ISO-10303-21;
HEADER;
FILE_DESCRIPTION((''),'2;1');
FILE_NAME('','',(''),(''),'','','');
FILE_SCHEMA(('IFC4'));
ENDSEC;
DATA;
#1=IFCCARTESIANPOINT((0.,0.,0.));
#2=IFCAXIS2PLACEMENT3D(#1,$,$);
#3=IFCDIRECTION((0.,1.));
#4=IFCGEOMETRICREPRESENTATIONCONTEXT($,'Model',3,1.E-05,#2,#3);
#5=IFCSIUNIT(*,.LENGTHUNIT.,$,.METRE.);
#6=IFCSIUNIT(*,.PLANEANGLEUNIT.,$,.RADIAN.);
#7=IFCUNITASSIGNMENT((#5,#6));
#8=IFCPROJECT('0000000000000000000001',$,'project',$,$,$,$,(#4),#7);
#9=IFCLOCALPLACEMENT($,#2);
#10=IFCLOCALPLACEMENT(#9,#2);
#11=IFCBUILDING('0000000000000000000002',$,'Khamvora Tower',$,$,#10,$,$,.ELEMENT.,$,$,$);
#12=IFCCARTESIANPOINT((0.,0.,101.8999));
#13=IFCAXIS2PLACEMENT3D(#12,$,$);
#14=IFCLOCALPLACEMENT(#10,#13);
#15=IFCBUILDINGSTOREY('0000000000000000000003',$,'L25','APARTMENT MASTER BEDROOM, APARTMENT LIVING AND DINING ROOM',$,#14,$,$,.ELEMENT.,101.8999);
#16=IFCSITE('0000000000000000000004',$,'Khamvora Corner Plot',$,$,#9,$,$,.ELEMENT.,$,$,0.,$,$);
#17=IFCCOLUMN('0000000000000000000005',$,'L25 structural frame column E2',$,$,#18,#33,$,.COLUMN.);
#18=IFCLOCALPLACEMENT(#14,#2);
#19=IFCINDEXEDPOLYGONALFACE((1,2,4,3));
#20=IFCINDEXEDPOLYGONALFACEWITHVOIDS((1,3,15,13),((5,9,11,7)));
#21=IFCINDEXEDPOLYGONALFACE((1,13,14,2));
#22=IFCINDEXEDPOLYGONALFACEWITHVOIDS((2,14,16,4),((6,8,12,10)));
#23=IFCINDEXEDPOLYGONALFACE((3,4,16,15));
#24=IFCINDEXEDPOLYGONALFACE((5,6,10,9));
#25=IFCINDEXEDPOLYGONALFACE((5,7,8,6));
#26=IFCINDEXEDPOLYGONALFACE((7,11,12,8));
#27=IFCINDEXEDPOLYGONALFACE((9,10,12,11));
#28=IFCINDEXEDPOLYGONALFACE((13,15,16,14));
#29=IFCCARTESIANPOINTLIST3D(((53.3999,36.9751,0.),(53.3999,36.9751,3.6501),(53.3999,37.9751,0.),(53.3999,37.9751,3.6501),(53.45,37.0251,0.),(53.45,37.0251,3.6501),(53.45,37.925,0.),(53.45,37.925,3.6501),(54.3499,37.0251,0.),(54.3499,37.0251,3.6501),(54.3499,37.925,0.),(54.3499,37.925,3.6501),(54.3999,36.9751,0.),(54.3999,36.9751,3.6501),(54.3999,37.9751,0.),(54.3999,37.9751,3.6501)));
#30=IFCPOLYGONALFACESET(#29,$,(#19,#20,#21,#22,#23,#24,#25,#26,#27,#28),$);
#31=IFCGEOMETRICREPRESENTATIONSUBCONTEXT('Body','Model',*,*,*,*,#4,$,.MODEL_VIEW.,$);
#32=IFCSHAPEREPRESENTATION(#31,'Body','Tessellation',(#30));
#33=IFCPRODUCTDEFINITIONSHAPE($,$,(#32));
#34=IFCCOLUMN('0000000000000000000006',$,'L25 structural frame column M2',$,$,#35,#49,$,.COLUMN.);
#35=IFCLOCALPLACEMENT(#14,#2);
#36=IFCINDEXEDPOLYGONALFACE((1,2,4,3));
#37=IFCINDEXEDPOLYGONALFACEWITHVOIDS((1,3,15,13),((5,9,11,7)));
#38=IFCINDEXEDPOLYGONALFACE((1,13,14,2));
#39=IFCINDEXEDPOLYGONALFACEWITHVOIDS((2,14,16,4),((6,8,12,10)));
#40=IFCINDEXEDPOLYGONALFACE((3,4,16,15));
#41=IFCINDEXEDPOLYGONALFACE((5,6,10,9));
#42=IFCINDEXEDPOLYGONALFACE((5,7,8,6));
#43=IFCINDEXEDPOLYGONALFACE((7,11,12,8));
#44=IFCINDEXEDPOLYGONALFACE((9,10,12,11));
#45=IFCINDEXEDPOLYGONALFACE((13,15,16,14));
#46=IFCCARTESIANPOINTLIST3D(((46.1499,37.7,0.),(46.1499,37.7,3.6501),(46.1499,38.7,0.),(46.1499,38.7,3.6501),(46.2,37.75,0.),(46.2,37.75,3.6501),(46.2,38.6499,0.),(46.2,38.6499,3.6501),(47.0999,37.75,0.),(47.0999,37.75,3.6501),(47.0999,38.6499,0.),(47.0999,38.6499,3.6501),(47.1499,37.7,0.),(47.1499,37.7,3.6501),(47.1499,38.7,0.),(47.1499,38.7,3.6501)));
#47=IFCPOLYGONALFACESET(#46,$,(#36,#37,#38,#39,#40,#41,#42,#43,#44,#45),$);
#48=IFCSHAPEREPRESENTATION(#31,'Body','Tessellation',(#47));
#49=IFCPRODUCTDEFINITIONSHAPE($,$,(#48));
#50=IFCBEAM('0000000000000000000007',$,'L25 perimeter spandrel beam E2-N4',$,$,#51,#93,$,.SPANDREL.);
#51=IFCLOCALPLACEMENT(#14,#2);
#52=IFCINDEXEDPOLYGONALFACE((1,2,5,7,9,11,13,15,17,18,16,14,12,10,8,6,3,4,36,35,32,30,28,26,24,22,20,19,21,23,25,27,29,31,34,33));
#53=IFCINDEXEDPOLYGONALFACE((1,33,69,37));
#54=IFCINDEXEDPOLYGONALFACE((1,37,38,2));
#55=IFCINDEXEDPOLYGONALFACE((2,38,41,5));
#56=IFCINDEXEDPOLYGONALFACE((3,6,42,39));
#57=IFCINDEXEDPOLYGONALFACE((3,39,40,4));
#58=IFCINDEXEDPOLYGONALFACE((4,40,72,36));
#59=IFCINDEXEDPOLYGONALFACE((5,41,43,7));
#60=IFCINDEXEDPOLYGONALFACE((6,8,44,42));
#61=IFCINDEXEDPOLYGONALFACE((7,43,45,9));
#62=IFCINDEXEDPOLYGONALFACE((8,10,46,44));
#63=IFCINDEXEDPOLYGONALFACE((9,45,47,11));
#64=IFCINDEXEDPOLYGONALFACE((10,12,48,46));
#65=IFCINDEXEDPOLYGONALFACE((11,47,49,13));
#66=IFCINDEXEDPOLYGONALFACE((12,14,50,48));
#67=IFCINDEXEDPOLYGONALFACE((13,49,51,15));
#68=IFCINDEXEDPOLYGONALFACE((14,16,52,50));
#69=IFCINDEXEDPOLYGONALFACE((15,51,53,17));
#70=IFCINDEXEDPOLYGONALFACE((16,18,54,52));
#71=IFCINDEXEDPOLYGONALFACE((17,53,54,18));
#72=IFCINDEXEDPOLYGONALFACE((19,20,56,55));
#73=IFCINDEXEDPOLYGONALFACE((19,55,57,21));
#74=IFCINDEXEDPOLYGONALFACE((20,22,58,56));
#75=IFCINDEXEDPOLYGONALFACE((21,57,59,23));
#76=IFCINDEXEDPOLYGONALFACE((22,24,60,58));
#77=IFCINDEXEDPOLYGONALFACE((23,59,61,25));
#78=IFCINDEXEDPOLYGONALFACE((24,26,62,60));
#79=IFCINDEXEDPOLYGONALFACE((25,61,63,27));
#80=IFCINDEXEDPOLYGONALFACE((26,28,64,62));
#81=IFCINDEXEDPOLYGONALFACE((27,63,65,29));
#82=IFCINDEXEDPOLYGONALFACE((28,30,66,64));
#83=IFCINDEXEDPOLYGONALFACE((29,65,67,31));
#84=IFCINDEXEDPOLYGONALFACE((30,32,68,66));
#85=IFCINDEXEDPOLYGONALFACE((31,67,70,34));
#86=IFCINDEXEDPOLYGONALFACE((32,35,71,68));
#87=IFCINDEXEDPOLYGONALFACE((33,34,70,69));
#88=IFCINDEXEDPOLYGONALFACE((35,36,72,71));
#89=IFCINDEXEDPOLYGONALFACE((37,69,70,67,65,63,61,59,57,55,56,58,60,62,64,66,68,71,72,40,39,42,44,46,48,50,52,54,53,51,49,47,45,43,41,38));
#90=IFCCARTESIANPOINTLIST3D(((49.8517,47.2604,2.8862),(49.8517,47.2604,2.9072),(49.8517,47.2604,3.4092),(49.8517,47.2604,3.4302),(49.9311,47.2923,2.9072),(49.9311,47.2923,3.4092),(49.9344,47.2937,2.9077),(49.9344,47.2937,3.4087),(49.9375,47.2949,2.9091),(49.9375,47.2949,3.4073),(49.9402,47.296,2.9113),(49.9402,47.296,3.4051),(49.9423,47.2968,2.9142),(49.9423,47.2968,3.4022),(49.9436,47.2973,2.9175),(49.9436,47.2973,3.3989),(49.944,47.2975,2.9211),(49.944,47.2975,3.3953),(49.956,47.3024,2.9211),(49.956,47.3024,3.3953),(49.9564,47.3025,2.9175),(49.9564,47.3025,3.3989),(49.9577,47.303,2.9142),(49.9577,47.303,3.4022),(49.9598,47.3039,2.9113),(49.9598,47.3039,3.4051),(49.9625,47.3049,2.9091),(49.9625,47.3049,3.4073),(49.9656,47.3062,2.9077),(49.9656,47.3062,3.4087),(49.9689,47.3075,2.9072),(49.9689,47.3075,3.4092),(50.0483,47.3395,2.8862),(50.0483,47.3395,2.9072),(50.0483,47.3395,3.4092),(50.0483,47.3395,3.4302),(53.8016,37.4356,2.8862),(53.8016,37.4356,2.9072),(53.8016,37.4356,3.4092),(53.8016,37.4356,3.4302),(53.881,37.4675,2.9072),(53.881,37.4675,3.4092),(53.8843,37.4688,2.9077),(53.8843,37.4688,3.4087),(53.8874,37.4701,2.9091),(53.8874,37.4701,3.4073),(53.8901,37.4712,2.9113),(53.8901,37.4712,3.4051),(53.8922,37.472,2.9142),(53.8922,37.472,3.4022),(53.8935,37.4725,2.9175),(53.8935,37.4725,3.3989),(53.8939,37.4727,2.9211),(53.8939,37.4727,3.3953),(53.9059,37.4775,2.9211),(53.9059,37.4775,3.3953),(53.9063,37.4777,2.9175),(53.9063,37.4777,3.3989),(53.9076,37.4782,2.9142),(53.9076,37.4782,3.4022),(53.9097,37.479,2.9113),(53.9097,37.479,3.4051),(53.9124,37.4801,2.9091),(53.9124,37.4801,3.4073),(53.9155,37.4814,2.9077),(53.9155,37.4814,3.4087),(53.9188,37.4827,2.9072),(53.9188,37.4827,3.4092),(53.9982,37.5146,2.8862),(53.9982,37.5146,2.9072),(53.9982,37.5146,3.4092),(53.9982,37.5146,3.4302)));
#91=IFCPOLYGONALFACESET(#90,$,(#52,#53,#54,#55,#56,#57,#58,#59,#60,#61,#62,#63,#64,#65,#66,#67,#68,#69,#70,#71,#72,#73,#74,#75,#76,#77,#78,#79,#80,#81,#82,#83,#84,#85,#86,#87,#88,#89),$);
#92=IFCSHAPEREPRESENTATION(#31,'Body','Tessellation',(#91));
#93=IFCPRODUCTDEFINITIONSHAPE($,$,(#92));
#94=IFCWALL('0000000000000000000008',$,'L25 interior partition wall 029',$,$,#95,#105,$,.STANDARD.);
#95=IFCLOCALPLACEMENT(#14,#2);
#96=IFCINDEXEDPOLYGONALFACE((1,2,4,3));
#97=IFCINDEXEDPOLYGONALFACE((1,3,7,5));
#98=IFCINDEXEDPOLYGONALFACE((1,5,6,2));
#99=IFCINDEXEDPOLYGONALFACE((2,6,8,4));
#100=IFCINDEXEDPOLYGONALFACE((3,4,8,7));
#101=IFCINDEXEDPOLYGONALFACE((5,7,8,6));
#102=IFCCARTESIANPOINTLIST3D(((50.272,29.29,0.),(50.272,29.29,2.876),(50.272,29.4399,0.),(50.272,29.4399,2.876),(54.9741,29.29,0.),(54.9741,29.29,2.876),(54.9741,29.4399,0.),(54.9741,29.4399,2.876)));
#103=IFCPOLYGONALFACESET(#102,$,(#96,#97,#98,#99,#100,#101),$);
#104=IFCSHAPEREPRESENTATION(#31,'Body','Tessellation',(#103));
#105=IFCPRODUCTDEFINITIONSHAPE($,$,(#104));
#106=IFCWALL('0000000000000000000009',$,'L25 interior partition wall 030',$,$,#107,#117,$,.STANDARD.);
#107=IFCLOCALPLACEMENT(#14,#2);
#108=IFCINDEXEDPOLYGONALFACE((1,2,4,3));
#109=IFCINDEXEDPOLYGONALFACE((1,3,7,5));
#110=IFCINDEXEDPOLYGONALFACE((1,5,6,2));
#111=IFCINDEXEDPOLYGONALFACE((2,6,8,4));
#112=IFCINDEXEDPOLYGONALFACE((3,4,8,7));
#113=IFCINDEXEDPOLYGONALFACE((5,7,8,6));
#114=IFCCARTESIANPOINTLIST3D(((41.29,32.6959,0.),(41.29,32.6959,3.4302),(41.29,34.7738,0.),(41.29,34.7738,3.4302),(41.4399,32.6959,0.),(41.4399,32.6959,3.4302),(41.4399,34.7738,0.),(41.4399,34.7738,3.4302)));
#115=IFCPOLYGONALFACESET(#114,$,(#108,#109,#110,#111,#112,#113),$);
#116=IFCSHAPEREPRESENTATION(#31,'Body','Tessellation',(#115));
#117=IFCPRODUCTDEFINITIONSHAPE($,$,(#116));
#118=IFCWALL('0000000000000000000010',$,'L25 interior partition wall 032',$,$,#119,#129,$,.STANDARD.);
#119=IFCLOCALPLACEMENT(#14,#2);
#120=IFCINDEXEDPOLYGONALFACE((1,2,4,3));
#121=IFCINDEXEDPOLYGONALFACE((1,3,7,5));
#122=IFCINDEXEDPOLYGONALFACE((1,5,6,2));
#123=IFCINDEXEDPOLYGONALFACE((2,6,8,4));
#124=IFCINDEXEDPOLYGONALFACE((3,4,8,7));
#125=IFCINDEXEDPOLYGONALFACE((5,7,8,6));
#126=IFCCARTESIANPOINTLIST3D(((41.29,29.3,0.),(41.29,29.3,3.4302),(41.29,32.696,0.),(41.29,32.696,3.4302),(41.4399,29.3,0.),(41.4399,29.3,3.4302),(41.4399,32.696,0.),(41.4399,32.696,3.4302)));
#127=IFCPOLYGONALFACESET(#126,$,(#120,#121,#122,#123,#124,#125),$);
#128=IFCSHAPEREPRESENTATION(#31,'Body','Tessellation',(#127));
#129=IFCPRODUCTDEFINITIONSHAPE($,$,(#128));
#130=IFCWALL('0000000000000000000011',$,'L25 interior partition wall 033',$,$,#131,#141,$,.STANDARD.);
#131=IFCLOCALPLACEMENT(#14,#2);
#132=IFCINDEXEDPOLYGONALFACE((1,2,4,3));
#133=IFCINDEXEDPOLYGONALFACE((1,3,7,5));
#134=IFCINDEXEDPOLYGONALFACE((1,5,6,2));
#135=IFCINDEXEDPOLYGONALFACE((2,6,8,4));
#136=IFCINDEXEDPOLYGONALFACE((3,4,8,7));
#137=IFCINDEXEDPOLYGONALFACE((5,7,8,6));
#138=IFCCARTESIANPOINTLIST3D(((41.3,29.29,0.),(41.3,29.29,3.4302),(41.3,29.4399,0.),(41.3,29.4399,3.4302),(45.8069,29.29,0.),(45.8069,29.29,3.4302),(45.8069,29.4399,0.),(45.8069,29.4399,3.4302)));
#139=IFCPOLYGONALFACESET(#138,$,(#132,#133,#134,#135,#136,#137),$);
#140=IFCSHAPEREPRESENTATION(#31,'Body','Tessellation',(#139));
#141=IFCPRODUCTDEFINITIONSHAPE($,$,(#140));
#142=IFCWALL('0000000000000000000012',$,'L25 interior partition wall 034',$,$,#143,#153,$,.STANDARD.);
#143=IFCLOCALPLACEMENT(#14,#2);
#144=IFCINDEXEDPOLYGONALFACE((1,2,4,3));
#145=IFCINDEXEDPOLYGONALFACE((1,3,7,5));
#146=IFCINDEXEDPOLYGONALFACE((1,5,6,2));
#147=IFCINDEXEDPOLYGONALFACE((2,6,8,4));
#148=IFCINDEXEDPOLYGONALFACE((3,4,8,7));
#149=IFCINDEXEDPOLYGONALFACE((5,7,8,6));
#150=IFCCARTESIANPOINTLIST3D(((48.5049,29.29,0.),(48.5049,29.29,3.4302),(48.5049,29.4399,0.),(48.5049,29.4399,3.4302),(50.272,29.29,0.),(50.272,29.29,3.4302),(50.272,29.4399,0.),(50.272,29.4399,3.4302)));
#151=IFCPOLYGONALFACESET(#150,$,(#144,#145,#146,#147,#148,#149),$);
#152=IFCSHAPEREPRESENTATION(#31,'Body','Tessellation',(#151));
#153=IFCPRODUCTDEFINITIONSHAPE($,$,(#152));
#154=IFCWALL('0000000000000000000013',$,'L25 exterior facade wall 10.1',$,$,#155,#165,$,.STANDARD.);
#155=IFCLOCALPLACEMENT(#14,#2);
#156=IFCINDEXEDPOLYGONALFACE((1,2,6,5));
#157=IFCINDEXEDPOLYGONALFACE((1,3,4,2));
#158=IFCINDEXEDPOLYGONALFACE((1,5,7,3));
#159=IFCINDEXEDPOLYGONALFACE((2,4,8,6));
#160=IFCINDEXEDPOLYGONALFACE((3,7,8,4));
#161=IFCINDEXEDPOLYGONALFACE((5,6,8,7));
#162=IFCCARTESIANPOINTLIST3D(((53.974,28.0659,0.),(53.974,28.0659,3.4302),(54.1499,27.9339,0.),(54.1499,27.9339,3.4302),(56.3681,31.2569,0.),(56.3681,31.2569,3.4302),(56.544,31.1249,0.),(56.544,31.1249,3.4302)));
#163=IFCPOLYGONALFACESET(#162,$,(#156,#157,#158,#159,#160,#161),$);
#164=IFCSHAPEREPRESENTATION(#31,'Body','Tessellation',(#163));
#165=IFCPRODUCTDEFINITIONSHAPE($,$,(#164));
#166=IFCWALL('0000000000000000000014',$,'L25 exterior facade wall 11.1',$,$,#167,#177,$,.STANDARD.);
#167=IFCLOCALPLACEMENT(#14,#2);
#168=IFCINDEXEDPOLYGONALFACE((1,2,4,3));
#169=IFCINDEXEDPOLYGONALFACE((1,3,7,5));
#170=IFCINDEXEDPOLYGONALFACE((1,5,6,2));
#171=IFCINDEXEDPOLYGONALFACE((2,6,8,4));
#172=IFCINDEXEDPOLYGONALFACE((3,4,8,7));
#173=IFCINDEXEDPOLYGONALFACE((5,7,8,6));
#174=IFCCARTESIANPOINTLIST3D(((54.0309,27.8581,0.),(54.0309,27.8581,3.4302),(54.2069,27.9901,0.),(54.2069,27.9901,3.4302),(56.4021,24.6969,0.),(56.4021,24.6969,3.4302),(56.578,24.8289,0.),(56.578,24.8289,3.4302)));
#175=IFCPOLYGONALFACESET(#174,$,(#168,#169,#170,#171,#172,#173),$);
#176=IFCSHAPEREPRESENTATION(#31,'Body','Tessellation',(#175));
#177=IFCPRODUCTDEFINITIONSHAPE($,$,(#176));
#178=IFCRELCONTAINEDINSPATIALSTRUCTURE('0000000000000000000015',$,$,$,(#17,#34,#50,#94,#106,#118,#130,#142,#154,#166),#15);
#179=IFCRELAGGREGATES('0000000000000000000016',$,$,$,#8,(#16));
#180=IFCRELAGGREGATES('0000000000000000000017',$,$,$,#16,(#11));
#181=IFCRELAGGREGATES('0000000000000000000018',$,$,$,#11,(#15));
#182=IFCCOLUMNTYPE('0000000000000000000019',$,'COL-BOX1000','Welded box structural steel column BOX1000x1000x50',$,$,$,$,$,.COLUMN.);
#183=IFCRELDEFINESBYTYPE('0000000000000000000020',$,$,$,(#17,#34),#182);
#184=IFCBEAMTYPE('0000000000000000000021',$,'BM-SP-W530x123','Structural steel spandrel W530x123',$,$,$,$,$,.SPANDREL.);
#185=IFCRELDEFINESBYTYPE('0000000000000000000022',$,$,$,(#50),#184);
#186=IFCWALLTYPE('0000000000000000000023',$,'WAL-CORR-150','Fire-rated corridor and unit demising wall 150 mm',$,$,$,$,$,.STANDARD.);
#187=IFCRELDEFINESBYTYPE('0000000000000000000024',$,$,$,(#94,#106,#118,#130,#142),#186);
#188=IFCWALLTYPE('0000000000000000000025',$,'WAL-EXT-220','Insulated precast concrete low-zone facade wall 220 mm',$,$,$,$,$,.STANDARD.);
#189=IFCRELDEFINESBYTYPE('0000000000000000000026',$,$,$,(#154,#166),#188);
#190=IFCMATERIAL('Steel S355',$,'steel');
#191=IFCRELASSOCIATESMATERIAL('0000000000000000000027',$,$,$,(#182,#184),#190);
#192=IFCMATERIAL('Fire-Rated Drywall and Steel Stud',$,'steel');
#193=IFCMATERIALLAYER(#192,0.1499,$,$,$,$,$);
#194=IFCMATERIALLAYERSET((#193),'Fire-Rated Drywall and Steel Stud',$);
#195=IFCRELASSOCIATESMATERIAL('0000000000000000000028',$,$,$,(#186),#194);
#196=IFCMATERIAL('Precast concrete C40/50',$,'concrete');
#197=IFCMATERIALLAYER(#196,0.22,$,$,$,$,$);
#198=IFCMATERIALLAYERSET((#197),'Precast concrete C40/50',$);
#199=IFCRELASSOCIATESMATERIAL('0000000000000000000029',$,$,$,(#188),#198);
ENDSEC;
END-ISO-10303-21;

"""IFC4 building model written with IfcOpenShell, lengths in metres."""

from ifc_helpers import new_model, si_unit, direction, frame, frame_2d, origin, origin_2d, place, context, subcontext, project, spatial, rectangle, hollow_rectangle, i_section, extrude, material, layer, layer_set, material_profile, profile_set, type_object, element, save


model = new_model("IFC4")

# Units and contexts
model_context = context("Model", 3, precision=1e-05, world=origin(), true_north=direction((0.0, 1.0)))
body_context = subcontext(model_context, "Body", "Model", "MODEL_VIEW")
ifc_project = project(units=[si_unit("LENGTHUNIT", "METRE"), si_unit("PLANEANGLEUNIT", "RADIAN")], contexts=[model_context])

# Site, building, storey
site_placement = place(None, origin())
site = spatial("IfcSite", under=ifc_project, at=site_placement, Name="Khamvora Corner Plot", CompositionType="ELEMENT", RefElevation=0.0)
building_placement = place(site_placement, origin())
building = spatial("IfcBuilding", under=site, at=building_placement, Name="Khamvora Tower", CompositionType="ELEMENT")
storey_placement = place(building_placement, frame((0.0, 0.0, 101.8999)))
storey = spatial("IfcBuildingStorey", under=building, at=storey_placement, Name="L25", Description="APARTMENT MASTER BEDROOM, APARTMENT LIVING AND DINING ROOM", CompositionType="ELEMENT", Elevation=101.8999)

# Columns
ifc_material_1 = material(Name="Steel S355", Category="steel")
ifc_material_profile_1 = material_profile(ifc_material_1, hollow_rectangle(XDim=1.0, YDim=1.0, WallThickness=0.05, at=origin_2d()), Name="BOX1000x1000x50")
ifc_profile_set_1 = profile_set([ifc_material_profile_1], Name="Steel S355")
column_type = type_object("IfcColumnType", Name="COL-BOX1000", Description="Welded box structural steel column BOX1000x1000x50", PredefinedType="COLUMN", material=ifc_profile_set_1)
for number, where, z_axis, x_axis, name in (
    (1, (53.8999, 37.4751, 0.0), (0.0, 0.0, 1.0), (1.0, 0.0, 0.0), "L25 structural frame column E2"),
    (2, (46.6499, 38.2, 0.0), (0.0, 0.0, 1.0), (1.0, 0.0, 0.0), "L25 structural frame column M2"),
):
    element("IfcColumn", number, at=place(storey_placement, frame(where, z_axis=z_axis, x_axis=x_axis)), inside=storey, type_object=column_type, Name=name, PredefinedType="COLUMN", context=body_context, shape_type="SweptSolid", body=[
        extrude(hollow_rectangle(XDim=1.0, YDim=1.0, WallThickness=0.05, at=origin_2d()), origin(), (0.0, 0.0, 1.0), 3.6501),
    ])

# Beam
ifc_material_profile_2 = material_profile(ifc_material_1, i_section(OverallWidth=0.2119, OverallDepth=0.5439, WebThickness=0.0129, FlangeThickness=0.021, FilletRadius=0.0139, at=origin_2d()), Name="W530x123")
ifc_profile_set_2 = profile_set([ifc_material_profile_2], Name="Steel S355")
beam_type = type_object("IfcBeamType", Name="BM-SP-W530x123", Description="Structural steel spandrel W530x123", PredefinedType="SPANDREL", material=ifc_profile_set_2)
beam_placement = place(storey_placement, frame((53.8999, 37.4751, 3.1582), z_axis=(-0.373016, 0.927825, 0.0), x_axis=(-0.927825, -0.373016, 0.0)))
element("IfcBeam", 3, at=beam_placement, inside=storey, type_object=beam_type, Name="L25 perimeter spandrel beam E2-N4", PredefinedType="SPANDREL", context=body_context, shape_type="SweptSolid", body=[
    extrude(i_section(OverallWidth=0.2119, OverallDepth=0.5439, WebThickness=0.0129, FlangeThickness=0.021, FilletRadius=0.0139, at=origin_2d()), origin(), (0.0, 0.0, 1.0), 10.5891),
])

# Walls
ifc_material_2 = material(Name="Fire-Rated Drywall and Steel Stud", Category="steel")
ifc_layer_1 = layer(ifc_material_2, 0.1499)
ifc_layer_set_1 = layer_set([ifc_layer_1], Name="Fire-Rated Drywall and Steel Stud")
wall_type_1 = type_object("IfcWallType", Name="WAL-CORR-150", Description="Fire-rated corridor and unit demising wall 150 mm", PredefinedType="STANDARD", material=ifc_layer_set_1)
wall_1_placement = place(storey_placement, frame((50.272, 29.365, 0.0), z_axis=(0.0, 0.0, 1.0), x_axis=(1.0, 0.0, 0.0)))
element("IfcWall", 4, at=wall_1_placement, inside=storey, type_object=wall_type_1, Name="L25 interior partition wall 029", PredefinedType="STANDARD", context=body_context, shape_type="SweptSolid", body=[
    extrude(rectangle(XDim=4.7021, YDim=0.1499, at=frame_2d((2.3511, 0.0))), origin(), (0.0, 0.0, 1.0), 2.876),
])
wall_2_placement = place(storey_placement, frame((41.365, 34.7739, 0.0), z_axis=(0.0, 0.0, 1.0), x_axis=(0.0, -1.0, 0.0)))
element("IfcWall", 5, at=wall_2_placement, inside=storey, type_object=wall_type_1, Name="L25 interior partition wall 030", PredefinedType="STANDARD", context=body_context, shape_type="SweptSolid", body=[
    extrude(rectangle(XDim=2.0779, YDim=0.1499, at=frame_2d((1.0391, 0.0))), origin(), (0.0, 0.0, 1.0), 3.4302),
])

# Walls
wall_3_placement = place(storey_placement, frame((41.365, 32.696, 0.0), z_axis=(0.0, 0.0, 1.0), x_axis=(0.0, -1.0, 0.0)))
element("IfcWall", 6, at=wall_3_placement, inside=storey, type_object=wall_type_1, Name="L25 interior partition wall 032", PredefinedType="STANDARD", context=body_context, shape_type="SweptSolid", body=[
    extrude(rectangle(XDim=3.396, YDim=0.1499, at=frame_2d((1.698, 0.0))), origin(), (0.0, 0.0, 1.0), 3.4302),
])
wall_4_placement = place(storey_placement, frame((41.3, 29.365, 0.0), z_axis=(0.0, 0.0, 1.0), x_axis=(1.0, 0.0, 0.0)))
element("IfcWall", 7, at=wall_4_placement, inside=storey, type_object=wall_type_1, Name="L25 interior partition wall 033", PredefinedType="STANDARD", context=body_context, shape_type="SweptSolid", body=[
    extrude(rectangle(XDim=4.5068, YDim=0.1499, at=frame_2d((2.2534, 0.0))), origin(), (0.0, 0.0, 1.0), 3.4302),
])
wall_5_placement = place(storey_placement, frame((48.5049, 29.365, 0.0), z_axis=(0.0, 0.0, 1.0), x_axis=(1.0, 0.0, 0.0)))
element("IfcWall", 8, at=wall_5_placement, inside=storey, type_object=wall_type_1, Name="L25 interior partition wall 034", PredefinedType="STANDARD", context=body_context, shape_type="SweptSolid", body=[
    extrude(rectangle(XDim=1.7671, YDim=0.1499, at=frame_2d((0.8835, 0.0))), origin(), (0.0, 0.0, 1.0), 3.4302),
])
ifc_material_3 = material(Name="Precast concrete C40/50", Category="concrete")
ifc_layer_2 = layer(ifc_material_3, 0.22)
ifc_layer_set_2 = layer_set([ifc_layer_2], Name="Precast concrete C40/50")
wall_type_2 = type_object("IfcWallType", Name="WAL-EXT-220", Description="Insulated precast concrete low-zone facade wall 220 mm", PredefinedType="STANDARD", material=ifc_layer_set_2)
wall_6_placement = place(storey_placement, frame((56.4561, 31.1909, 0.0), z_axis=(0.0, 0.0, 1.0), x_axis=(-0.600137, -0.799897, 0.0)))
element("IfcWall", 9, at=wall_6_placement, inside=storey, type_object=wall_type_2, Name="L25 exterior facade wall 10.1", PredefinedType="STANDARD", context=body_context, shape_type="SweptSolid", body=[
    extrude(rectangle(XDim=3.9893, YDim=0.22, at=frame_2d((1.9946, 0.0))), origin(), (0.0, 0.0, 1.0), 3.4302),
])
wall_7_placement = place(storey_placement, frame((54.1189, 27.9241, 0.0), z_axis=(0.0, 0.0, 1.0), x_axis=(0.60004, -0.79997, 0.0)))
element("IfcWall", 10, at=wall_7_placement, inside=storey, type_object=wall_type_2, Name="L25 exterior facade wall 11.1", PredefinedType="STANDARD", context=body_context, shape_type="SweptSolid", body=[
    extrude(rectangle(XDim=3.9517, YDim=0.22, at=frame_2d((1.9758, 0.0))), origin(), (0.0, 0.0, 1.0), 3.4302),
])

save(model, "model.ifc")
